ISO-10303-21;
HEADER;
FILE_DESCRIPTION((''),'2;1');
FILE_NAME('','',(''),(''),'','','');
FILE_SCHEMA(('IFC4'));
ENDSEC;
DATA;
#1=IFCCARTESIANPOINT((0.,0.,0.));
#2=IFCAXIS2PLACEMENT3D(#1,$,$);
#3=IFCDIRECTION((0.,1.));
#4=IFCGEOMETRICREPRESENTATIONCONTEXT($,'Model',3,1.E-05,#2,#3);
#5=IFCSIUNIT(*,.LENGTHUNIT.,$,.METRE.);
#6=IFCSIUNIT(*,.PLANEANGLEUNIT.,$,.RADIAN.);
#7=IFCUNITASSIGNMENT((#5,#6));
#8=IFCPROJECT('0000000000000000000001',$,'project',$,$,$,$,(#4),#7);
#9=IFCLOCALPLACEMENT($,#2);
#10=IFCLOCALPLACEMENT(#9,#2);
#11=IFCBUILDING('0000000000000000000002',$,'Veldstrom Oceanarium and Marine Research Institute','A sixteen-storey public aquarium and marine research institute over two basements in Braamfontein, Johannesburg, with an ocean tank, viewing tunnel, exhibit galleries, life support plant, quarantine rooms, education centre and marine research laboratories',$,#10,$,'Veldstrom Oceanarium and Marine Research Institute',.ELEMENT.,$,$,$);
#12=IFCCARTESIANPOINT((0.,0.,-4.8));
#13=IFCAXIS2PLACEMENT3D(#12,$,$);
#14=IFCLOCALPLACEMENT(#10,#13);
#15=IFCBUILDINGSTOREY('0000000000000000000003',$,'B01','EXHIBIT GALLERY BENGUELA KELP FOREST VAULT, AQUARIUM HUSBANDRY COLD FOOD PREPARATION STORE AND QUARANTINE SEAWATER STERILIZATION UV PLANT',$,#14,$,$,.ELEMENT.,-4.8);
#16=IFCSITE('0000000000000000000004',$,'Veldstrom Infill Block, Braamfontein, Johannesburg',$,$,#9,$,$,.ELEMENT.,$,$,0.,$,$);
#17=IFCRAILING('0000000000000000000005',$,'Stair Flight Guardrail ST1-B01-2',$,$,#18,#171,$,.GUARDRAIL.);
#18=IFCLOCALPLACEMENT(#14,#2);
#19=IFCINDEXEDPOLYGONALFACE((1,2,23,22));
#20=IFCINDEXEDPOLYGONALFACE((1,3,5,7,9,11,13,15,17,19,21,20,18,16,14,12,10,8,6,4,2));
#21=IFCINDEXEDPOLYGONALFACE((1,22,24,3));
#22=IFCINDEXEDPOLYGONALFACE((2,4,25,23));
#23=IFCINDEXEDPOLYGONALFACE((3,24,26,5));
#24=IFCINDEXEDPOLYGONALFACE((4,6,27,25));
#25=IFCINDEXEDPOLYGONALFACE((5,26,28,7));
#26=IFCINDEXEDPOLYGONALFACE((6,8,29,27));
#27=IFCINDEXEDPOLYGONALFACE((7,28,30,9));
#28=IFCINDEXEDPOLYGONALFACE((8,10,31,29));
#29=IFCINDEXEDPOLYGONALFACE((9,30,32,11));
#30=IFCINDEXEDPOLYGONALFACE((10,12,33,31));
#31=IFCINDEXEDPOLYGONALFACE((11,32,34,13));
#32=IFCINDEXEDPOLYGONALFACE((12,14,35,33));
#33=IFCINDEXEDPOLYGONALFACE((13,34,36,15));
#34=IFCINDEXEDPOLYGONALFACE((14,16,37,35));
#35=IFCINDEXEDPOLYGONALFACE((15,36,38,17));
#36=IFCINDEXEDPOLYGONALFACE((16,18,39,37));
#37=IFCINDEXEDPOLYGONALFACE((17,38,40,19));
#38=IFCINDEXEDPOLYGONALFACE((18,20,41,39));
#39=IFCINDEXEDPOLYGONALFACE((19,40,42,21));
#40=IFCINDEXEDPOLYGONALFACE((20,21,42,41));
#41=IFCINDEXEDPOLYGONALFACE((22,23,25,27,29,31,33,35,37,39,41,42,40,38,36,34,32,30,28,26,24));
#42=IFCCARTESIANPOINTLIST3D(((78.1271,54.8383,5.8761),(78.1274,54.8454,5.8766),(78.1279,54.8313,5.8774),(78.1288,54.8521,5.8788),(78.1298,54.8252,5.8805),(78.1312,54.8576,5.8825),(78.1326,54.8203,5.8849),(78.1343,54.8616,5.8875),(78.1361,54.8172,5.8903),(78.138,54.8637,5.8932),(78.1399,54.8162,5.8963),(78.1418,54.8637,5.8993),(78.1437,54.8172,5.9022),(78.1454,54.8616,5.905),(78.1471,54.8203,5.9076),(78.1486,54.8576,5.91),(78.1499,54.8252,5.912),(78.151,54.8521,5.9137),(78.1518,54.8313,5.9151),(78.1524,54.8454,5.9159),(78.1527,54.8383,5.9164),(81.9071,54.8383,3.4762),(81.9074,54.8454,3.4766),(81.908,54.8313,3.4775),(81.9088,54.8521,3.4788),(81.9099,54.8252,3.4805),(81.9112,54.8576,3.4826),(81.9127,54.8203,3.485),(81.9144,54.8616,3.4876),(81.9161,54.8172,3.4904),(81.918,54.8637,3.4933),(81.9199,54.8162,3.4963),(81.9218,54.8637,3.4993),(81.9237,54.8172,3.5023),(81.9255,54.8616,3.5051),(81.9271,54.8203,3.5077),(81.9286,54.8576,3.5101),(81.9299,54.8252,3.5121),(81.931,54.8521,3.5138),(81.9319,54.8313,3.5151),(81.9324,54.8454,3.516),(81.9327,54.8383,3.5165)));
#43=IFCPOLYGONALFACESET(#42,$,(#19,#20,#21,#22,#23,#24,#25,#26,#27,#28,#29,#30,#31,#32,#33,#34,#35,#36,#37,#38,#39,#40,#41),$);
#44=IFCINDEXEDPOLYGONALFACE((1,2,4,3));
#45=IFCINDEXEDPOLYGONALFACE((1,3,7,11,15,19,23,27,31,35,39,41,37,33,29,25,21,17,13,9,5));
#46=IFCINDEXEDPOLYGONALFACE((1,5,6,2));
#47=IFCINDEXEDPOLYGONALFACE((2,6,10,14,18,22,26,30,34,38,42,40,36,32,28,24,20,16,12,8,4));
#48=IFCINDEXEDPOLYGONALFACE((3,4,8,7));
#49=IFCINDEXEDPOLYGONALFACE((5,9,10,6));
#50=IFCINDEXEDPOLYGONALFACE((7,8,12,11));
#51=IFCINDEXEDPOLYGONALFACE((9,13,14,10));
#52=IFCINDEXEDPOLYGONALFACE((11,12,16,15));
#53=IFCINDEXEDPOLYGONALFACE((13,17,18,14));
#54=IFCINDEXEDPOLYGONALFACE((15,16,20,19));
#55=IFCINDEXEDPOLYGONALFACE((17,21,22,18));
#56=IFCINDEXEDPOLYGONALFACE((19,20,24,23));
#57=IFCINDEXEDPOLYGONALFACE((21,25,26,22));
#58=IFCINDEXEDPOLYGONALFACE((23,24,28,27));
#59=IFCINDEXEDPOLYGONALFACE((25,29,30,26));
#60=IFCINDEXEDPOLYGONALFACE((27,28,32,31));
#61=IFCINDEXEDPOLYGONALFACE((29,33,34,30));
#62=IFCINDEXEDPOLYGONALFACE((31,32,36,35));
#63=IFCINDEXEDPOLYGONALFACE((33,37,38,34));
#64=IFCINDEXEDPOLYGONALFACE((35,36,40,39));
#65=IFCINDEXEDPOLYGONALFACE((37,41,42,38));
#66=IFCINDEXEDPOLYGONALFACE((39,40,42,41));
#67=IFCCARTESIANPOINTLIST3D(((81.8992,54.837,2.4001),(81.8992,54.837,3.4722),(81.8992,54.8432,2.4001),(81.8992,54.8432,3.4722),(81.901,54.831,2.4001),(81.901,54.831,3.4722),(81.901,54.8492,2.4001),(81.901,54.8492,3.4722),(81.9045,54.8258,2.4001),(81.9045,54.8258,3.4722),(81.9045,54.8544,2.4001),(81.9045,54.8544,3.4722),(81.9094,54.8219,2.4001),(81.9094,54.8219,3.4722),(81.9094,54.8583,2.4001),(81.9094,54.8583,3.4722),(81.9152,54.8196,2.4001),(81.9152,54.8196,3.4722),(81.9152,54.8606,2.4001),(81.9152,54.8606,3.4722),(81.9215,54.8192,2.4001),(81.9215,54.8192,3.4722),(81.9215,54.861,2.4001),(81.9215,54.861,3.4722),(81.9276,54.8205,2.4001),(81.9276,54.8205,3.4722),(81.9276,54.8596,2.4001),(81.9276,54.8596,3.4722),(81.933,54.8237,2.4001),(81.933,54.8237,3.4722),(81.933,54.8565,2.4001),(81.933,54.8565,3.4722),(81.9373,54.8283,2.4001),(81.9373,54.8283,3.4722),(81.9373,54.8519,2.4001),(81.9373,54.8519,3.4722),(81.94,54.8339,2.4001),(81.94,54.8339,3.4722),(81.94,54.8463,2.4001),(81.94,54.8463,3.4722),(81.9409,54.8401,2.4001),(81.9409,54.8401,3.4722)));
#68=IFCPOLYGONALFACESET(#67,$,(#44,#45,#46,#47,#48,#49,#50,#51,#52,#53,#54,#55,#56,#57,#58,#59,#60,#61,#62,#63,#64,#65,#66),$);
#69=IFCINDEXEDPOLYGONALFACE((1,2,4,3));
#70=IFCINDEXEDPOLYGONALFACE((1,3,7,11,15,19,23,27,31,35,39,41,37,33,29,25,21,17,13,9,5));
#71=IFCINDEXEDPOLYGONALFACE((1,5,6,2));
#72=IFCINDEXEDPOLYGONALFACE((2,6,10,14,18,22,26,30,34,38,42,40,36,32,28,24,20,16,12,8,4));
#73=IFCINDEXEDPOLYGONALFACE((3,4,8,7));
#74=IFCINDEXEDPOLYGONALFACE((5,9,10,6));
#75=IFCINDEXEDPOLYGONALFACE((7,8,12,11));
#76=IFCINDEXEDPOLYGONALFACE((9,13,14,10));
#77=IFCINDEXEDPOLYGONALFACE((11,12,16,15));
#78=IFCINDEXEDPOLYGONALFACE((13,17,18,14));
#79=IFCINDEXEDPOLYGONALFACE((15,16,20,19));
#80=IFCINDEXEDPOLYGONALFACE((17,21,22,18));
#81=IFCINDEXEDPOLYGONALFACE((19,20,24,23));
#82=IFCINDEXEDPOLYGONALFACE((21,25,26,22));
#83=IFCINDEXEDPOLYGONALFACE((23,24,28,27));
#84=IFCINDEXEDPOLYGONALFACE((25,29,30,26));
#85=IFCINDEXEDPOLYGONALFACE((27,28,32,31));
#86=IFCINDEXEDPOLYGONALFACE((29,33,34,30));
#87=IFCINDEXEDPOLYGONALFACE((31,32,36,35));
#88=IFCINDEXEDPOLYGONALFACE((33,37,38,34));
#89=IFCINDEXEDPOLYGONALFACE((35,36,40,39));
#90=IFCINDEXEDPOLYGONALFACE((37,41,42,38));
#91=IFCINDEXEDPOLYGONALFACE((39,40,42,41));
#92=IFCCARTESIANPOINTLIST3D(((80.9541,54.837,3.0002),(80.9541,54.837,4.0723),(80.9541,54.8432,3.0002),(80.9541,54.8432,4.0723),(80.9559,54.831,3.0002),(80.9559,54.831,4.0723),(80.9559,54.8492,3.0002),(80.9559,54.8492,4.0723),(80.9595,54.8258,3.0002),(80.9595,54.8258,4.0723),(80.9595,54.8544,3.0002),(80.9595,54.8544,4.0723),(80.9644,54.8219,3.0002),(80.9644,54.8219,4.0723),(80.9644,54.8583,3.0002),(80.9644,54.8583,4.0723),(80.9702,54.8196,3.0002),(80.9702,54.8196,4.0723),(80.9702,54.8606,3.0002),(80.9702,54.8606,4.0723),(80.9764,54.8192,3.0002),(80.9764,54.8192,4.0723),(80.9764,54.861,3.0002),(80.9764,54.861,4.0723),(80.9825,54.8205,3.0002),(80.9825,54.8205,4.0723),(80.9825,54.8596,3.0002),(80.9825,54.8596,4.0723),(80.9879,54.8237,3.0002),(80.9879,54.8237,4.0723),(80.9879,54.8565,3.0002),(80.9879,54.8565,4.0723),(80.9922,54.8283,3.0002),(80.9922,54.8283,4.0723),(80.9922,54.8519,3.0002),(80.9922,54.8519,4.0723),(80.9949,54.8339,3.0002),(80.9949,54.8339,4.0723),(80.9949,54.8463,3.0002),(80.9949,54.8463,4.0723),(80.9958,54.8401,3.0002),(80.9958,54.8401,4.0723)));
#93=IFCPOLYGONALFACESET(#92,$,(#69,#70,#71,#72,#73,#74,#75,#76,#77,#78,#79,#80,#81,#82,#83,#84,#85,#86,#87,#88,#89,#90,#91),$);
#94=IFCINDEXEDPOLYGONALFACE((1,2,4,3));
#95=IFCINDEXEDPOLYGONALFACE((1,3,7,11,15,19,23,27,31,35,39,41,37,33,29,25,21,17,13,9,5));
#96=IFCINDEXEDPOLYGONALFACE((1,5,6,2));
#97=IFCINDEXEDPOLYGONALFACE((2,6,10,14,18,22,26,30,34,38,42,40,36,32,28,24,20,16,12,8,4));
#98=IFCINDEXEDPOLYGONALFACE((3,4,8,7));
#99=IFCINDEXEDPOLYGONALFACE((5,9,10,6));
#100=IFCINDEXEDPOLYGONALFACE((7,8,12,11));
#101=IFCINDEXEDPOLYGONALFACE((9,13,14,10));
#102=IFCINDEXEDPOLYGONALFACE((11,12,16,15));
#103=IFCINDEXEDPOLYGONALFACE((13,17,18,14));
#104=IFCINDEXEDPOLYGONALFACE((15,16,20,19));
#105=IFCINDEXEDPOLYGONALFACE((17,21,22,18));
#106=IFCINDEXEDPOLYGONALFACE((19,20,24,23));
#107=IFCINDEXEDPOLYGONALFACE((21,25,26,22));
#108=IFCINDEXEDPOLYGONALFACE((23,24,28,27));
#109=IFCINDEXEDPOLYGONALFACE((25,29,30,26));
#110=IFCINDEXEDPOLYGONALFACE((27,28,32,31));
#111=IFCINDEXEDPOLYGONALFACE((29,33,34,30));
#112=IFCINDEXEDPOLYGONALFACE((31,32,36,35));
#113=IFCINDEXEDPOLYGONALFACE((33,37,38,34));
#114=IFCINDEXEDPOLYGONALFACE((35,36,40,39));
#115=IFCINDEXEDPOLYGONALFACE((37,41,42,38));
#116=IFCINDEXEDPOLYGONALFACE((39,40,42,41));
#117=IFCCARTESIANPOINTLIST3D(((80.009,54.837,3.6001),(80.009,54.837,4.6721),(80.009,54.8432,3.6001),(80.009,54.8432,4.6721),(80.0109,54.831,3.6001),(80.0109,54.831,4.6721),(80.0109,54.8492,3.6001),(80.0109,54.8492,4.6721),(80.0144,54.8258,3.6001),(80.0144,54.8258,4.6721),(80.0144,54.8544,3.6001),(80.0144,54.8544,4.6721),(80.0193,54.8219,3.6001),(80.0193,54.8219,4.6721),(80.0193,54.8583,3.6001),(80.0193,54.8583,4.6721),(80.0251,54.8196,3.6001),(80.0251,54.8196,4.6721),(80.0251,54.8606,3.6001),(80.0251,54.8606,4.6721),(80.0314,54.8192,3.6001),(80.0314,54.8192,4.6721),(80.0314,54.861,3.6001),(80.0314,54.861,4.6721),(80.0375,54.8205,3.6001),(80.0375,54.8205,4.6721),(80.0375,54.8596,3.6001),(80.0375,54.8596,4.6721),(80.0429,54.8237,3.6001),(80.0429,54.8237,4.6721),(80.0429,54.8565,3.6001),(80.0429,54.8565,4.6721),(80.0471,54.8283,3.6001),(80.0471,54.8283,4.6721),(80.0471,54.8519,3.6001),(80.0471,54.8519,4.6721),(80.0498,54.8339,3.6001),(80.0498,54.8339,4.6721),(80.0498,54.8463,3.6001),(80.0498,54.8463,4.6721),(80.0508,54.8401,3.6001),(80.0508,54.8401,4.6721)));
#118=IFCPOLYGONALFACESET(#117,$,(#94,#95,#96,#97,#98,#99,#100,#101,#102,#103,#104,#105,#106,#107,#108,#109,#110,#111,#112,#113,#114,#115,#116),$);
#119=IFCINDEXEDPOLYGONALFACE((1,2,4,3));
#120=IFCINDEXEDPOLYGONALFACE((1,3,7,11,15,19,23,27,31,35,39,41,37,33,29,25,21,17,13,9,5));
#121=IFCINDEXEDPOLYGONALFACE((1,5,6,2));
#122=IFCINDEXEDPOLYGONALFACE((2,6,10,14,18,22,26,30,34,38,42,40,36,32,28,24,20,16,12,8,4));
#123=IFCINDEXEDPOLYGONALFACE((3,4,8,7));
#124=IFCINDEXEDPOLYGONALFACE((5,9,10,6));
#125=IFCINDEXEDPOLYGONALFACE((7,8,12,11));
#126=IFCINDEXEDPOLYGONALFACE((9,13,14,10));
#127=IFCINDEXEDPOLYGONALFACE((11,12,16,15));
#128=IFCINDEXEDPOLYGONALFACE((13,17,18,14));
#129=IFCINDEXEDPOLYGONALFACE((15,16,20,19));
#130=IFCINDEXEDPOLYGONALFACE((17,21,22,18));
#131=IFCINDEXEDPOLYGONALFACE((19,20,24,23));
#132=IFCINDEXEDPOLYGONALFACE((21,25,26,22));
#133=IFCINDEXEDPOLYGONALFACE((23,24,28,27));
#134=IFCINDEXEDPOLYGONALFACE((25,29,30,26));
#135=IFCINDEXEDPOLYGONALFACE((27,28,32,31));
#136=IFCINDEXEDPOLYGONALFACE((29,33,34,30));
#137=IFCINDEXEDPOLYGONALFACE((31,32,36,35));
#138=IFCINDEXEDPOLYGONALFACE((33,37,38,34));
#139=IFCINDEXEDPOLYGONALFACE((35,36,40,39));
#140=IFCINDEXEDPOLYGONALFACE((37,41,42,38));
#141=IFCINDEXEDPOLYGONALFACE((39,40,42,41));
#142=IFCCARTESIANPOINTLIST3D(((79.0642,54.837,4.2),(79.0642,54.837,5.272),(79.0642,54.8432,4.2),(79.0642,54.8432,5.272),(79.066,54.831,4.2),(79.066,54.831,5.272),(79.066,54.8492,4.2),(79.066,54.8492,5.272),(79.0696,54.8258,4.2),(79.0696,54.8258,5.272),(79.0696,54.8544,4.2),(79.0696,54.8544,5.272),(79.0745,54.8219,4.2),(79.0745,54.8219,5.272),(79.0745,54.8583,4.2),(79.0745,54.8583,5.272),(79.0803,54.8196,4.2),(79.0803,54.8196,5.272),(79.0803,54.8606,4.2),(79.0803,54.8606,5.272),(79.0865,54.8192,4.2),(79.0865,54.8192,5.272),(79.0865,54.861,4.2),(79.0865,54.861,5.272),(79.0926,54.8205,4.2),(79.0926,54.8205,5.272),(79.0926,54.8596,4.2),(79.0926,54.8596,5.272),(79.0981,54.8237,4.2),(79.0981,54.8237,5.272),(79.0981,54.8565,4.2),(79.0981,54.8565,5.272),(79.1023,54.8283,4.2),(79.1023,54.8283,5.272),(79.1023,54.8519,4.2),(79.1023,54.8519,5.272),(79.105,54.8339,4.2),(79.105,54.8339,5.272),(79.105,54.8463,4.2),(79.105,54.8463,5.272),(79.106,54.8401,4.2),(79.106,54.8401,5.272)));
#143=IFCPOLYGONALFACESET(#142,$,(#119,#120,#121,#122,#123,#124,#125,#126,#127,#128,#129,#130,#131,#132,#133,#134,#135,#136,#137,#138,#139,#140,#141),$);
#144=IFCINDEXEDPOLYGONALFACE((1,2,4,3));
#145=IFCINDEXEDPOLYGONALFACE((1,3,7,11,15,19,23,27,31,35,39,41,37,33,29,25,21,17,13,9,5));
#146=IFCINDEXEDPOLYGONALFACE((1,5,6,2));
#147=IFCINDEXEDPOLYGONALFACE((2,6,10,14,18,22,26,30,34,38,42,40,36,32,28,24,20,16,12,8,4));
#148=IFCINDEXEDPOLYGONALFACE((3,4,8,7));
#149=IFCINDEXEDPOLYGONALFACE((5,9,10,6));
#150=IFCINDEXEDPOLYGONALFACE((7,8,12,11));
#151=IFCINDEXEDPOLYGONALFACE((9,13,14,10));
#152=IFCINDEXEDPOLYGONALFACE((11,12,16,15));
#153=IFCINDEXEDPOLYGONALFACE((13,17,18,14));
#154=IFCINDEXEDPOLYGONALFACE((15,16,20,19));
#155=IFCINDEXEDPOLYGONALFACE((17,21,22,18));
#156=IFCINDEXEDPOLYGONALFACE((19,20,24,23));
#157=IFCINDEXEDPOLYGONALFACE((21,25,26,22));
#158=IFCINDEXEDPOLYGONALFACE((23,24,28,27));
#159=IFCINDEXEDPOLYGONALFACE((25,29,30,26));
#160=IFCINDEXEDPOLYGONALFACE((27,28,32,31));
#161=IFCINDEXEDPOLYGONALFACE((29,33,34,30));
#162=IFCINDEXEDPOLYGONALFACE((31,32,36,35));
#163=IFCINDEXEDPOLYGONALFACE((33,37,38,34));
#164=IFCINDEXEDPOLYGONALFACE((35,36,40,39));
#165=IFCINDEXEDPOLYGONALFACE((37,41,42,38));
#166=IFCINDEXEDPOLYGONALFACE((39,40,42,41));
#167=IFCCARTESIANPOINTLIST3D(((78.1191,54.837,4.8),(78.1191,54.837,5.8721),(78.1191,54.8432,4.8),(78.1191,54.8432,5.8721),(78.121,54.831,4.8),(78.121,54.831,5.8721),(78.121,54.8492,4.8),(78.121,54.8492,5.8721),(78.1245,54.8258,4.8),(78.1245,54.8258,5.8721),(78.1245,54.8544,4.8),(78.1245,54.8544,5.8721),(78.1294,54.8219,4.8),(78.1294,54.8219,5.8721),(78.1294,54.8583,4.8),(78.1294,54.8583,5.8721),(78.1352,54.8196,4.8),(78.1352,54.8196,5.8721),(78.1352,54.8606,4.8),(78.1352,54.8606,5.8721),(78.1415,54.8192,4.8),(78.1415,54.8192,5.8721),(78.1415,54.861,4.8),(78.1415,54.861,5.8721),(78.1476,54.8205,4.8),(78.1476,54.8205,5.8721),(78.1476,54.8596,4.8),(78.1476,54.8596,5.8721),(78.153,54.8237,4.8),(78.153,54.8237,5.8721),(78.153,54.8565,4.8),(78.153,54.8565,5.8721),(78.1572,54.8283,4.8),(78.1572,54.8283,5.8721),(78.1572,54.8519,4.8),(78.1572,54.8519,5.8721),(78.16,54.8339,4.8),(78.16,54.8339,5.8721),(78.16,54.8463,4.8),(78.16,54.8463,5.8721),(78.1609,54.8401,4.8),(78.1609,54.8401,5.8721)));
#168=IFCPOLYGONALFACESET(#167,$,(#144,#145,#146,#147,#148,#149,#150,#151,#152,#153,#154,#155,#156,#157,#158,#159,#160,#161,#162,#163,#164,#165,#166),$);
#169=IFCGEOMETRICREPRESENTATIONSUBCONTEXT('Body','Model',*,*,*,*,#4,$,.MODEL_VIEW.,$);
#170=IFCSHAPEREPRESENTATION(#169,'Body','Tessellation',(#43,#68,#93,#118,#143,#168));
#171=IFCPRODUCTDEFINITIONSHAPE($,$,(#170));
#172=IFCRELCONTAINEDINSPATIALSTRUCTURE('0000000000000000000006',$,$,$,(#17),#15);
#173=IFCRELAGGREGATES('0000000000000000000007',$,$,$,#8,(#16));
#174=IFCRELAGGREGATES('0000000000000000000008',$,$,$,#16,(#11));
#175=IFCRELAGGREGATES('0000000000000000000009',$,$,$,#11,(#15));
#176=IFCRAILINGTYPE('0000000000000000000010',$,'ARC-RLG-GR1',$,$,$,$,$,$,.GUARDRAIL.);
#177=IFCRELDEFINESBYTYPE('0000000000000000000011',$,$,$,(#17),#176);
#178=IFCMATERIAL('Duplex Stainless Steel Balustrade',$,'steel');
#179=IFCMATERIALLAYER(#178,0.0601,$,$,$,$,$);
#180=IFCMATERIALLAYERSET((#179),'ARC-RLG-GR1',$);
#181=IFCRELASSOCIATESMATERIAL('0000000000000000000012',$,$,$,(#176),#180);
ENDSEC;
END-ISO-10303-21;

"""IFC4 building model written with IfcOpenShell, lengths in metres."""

from ifc_helpers import new_model, si_unit, direction, frame, origin, origin_2d, place, context, subcontext, project, spatial, circle, extrude, material, layer, layer_set, type_object, element, save


model = new_model("IFC4")

# Units and contexts
model_context = context("Model", 3, precision=1e-05, world=origin(), true_north=direction((0.0, 1.0)))
body_context = subcontext(model_context, "Body", "Model", "MODEL_VIEW")
ifc_project = project(units=[si_unit("LENGTHUNIT", "METRE"), si_unit("PLANEANGLEUNIT", "RADIAN")], contexts=[model_context])

# Site, building, storey
site_placement = place(None, origin())
site = spatial("IfcSite", under=ifc_project, at=site_placement, Name="Veldstrom Infill Block, Braamfontein, Johannesburg", CompositionType="ELEMENT", RefElevation=0.0)
building_placement = place(site_placement, origin())
building = spatial("IfcBuilding", under=site, at=building_placement, Name="Veldstrom Oceanarium and Marine Research Institute", Description="A sixteen-storey public aquarium and marine research institute over two basements in Braamfontein, Johannesburg, with an ocean tank, viewing tunnel, exhibit galleries, life support plant, quarantine rooms, education centre and marine research laboratories", LongName="Veldstrom Oceanarium and Marine Research Institute", CompositionType="ELEMENT")
storey_placement = place(building_placement, frame((0.0, 0.0, -4.8)))
storey = spatial("IfcBuildingStorey", under=building, at=storey_placement, Name="B01", Description="EXHIBIT GALLERY BENGUELA KELP FOREST VAULT, AQUARIUM HUSBANDRY COLD FOOD PREPARATION STORE AND QUARANTINE SEAWATER STERILIZATION UV PLANT", CompositionType="ELEMENT", Elevation=-4.8)

# Railing
ifc_material_1 = material(Name="Duplex Stainless Steel Balustrade", Category="steel")
ifc_layer_1 = layer(ifc_material_1, 0.0601)
ifc_layer_set_1 = layer_set([ifc_layer_1], Name="ARC-RLG-GR1")
railing_type_1 = type_object("IfcRailingType", Name="ARC-RLG-GR1", PredefinedType="GUARDRAIL", material=ifc_layer_set_1)
railing_1_placement = place(storey_placement, frame((81.9199, 54.8401, 2.4001)))
element("IfcRailing", 1, at=railing_1_placement, inside=storey, type_object=railing_type_1, Name="Stair Flight Guardrail ST1-B01-2", PredefinedType="GUARDRAIL", context=body_context, shape_type="SweptSolid", body=[
    extrude(circle(Radius=0.0239, at=origin_2d()), frame((0.0, 0.0, 1.0962), z_axis=(-0.844225, 0.0, 0.53599), x_axis=(0.0, -1.0, 0.0)), (0.0, 0.0, 1.0), 4.4775),
    extrude(circle(Radius=0.021, at=origin_2d()), origin(), (0.0, 0.0, 1.0), 1.072),
    extrude(circle(Radius=0.021, at=origin_2d()), frame((-0.9451, 0.0, 0.6001)), (0.0, 0.0, 1.0), 1.072),
    extrude(circle(Radius=0.021, at=origin_2d()), frame((-1.8901, 0.0, 1.2)), (0.0, 0.0, 1.0), 1.072),
    extrude(circle(Radius=0.021, at=origin_2d()), frame((-2.835, 0.0, 1.7998)), (0.0, 0.0, 1.0), 1.072),
    extrude(circle(Radius=0.021, at=origin_2d()), frame((-3.78, 0.0, 2.3999)), (0.0, 0.0, 1.0), 1.072),
])

save(model, "model.ifc")
